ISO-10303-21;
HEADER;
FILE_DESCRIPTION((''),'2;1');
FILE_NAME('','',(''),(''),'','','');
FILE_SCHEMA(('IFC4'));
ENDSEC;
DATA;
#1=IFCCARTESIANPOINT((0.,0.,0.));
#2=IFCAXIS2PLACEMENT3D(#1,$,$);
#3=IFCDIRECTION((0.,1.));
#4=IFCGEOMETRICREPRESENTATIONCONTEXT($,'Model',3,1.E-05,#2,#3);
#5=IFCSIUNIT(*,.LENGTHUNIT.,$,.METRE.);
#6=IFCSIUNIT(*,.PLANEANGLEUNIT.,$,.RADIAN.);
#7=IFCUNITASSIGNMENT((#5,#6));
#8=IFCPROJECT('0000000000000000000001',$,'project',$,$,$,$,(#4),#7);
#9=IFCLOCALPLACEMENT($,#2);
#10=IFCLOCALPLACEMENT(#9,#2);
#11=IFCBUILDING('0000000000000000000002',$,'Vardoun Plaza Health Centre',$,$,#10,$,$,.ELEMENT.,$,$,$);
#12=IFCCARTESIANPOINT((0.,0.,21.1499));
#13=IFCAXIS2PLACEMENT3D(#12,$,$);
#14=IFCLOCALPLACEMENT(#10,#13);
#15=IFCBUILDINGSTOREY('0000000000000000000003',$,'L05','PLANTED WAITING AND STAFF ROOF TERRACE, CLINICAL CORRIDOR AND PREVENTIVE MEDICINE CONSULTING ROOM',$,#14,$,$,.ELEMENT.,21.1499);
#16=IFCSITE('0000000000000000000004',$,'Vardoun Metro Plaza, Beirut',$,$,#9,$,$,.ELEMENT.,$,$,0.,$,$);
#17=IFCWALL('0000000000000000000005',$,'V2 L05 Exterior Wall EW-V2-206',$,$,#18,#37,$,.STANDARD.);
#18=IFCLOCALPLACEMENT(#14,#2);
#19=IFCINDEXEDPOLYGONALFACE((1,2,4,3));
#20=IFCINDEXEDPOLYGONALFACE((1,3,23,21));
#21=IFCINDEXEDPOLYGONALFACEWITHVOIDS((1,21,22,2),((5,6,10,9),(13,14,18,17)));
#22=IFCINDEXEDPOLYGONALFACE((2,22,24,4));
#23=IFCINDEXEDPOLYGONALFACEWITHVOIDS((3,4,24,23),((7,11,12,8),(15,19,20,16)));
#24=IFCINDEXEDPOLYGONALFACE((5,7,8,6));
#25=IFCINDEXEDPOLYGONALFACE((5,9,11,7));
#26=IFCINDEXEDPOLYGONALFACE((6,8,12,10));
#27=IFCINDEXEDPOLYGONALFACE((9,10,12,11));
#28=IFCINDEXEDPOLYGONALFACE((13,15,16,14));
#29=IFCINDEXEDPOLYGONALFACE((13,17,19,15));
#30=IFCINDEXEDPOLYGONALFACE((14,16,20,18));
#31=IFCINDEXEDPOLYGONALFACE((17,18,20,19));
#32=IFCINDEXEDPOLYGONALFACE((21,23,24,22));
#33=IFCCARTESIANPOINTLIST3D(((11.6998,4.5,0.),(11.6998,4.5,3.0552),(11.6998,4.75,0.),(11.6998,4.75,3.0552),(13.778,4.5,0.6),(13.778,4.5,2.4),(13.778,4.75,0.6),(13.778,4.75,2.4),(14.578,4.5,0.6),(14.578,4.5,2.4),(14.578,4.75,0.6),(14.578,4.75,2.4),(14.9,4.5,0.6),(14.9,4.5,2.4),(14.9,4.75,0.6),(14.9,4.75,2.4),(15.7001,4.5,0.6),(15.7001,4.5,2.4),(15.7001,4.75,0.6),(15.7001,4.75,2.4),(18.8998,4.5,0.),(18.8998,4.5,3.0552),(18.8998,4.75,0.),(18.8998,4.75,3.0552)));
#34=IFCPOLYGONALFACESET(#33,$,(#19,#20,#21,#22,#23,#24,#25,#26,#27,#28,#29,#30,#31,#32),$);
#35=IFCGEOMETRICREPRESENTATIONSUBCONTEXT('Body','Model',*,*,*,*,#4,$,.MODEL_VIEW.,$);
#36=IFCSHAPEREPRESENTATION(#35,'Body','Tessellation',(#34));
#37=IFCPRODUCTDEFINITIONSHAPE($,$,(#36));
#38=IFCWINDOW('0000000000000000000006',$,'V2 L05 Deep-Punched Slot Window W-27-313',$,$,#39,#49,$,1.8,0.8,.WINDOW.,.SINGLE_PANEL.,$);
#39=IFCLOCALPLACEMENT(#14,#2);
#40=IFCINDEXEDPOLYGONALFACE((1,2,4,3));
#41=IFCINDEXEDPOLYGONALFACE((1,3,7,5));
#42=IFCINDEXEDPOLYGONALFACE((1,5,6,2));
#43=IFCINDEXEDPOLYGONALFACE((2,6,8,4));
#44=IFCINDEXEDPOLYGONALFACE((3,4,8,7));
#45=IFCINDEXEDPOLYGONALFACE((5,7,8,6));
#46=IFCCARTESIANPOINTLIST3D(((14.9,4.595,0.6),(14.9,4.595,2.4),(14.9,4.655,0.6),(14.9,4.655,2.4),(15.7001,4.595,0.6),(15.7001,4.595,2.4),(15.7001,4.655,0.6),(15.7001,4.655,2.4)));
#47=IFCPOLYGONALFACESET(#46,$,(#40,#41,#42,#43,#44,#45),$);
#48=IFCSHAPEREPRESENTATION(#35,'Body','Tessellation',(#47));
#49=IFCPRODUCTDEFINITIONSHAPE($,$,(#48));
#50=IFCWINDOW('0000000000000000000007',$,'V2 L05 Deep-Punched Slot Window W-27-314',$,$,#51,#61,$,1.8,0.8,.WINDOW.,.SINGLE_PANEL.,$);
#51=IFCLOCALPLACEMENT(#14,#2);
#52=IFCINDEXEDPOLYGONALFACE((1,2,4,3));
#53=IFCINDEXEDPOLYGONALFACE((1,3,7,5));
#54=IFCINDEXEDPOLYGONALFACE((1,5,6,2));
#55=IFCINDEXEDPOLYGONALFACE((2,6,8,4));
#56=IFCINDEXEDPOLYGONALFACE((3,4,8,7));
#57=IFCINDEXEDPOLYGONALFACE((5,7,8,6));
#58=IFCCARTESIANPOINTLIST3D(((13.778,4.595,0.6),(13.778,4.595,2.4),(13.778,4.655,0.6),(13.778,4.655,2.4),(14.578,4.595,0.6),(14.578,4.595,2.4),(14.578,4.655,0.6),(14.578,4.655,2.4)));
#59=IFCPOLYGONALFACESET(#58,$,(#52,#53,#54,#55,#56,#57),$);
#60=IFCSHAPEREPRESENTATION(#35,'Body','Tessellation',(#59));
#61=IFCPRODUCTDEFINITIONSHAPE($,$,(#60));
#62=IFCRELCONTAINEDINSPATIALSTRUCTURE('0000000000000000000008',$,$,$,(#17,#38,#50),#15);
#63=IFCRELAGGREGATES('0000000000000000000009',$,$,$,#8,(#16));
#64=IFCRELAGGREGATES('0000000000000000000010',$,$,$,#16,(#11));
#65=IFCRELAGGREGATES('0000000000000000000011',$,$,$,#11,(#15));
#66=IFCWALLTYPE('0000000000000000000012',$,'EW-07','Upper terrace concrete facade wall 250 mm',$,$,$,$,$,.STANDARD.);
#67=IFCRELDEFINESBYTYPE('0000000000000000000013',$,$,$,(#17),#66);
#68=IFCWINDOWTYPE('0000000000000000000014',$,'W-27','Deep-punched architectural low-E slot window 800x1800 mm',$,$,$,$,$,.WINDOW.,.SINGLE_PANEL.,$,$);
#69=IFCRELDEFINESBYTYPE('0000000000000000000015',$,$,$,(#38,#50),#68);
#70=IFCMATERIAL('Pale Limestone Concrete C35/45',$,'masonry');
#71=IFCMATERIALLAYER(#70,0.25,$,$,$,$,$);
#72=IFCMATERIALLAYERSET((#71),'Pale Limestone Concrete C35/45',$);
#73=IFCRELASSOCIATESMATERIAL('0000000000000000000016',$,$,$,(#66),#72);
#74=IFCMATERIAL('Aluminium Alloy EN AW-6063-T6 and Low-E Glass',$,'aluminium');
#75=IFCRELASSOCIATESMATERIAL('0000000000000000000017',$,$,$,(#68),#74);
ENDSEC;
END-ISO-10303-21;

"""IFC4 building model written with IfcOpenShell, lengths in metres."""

from ifc_helpers import new_model, si_unit, direction, frame, frame_2d, origin, place, context, subcontext, project, spatial, rectangle, extrude, material, layer, layer_set, type_object, element, fill, save


model = new_model("IFC4")

# Units and contexts
model_context = context("Model", 3, precision=1e-05, world=origin(), true_north=direction((0.0, 1.0)))
body_context = subcontext(model_context, "Body", "Model", "MODEL_VIEW")
ifc_project = project(units=[si_unit("LENGTHUNIT", "METRE"), si_unit("PLANEANGLEUNIT", "RADIAN")], contexts=[model_context])

# Site, building, storey
site_placement = place(None, origin())
site = spatial("IfcSite", under=ifc_project, at=site_placement, Name="Vardoun Metro Plaza, Beirut", CompositionType="ELEMENT", RefElevation=0.0)
building_placement = place(site_placement, origin())
building = spatial("IfcBuilding", under=site, at=building_placement, Name="Vardoun Plaza Health Centre", CompositionType="ELEMENT")
storey_placement = place(building_placement, frame((0.0, 0.0, 21.1499)))
storey = spatial("IfcBuildingStorey", under=building, at=storey_placement, Name="L05", Description="PLANTED WAITING AND STAFF ROOF TERRACE, CLINICAL CORRIDOR AND PREVENTIVE MEDICINE CONSULTING ROOM", CompositionType="ELEMENT", Elevation=21.1499)

# Wall, openings, windows
ifc_material_1 = material(Name="Pale Limestone Concrete C35/45", Category="masonry")
ifc_layer = layer(ifc_material_1, 0.25)
ifc_layer_set = layer_set([ifc_layer], Name="Pale Limestone Concrete C35/45")
wall_type = type_object("IfcWallType", Name="EW-07", Description="Upper terrace concrete facade wall 250 mm", PredefinedType="STANDARD", material=ifc_layer_set)
wall_1_placement = place(storey_placement, frame((18.8999, 4.625, 0.0), z_axis=(0.0, 0.0, 1.0), x_axis=(-1.0, 0.0, 0.0)))
wall_1 = element("IfcWall", 1, at=wall_1_placement, inside=storey, type_object=wall_type, Name="V2 L05 Exterior Wall EW-V2-206", PredefinedType="STANDARD", context=body_context, shape_type="SweptSolid", body=[
    extrude(rectangle(XDim=7.2, YDim=0.25, at=frame_2d((3.6001, 0.0))), origin(), (0.0, 0.0, 1.0), 3.0552),
])
opening_1_placement = place(wall_1_placement, frame((3.2, 0.0, 0.6001)))
opening_1 = element("IfcOpeningElement", 2, at=opening_1_placement, cuts=wall_1, PredefinedType="OPENING", context=body_context, shape_type="SweptSolid", body=[
    extrude(rectangle(XDim=0.8, YDim=1.8, at=frame_2d((0.3999, 0.8999))), frame((0.0, 0.125, 0.0), z_axis=(0.0, -1.0, 0.0), x_axis=(1.0, 0.0, 0.0)), (0.0, 0.0, 1.0), 0.25),
])
opening_2_placement = place(wall_1_placement, frame((4.322, 0.0, 0.6001)))
opening_2 = element("IfcOpeningElement", 3, at=opening_2_placement, cuts=wall_1, PredefinedType="OPENING", context=body_context, shape_type="SweptSolid", body=[
    extrude(rectangle(XDim=0.8, YDim=1.8, at=frame_2d((0.3999, 0.8999))), frame((0.0, 0.125, 0.0), z_axis=(0.0, -1.0, 0.0), x_axis=(1.0, 0.0, 0.0)), (0.0, 0.0, 1.0), 0.25),
])
ifc_material_2 = material(Name="Aluminium Alloy EN AW-6063-T6 and Low-E Glass", Category="aluminium")
window_type_1 = type_object("IfcWindowType", Name="W-27", Description="Deep-punched architectural low-E slot window 800x1800 mm", PartitioningType="SINGLE_PANEL", PredefinedType="WINDOW", material=ifc_material_2)
window_1_placement = place(opening_1_placement, origin())
window_1 = element("IfcWindow", 4, at=window_1_placement, inside=storey, type_object=window_type_1, Name="V2 L05 Deep-Punched Slot Window W-27-313", OverallHeight=1.8, OverallWidth=0.8, PartitioningType="SINGLE_PANEL", PredefinedType="WINDOW", context=body_context, shape_type="SweptSolid", body=[
    extrude(rectangle(XDim=0.8, YDim=1.8, at=frame_2d((0.3999, 0.8999))), frame((0.0, 0.03, 0.0), z_axis=(0.0, -1.0, 0.0), x_axis=(1.0, 0.0, 0.0)), (0.0, 0.0, 1.0), 0.0601),
])
fill(opening_1, window_1)
window_2_placement = place(opening_2_placement, origin())
window_2 = element("IfcWindow", 5, at=window_2_placement, inside=storey, type_object=window_type_1, Name="V2 L05 Deep-Punched Slot Window W-27-314", OverallHeight=1.8, OverallWidth=0.8, PartitioningType="SINGLE_PANEL", PredefinedType="WINDOW", context=body_context, shape_type="SweptSolid", body=[
    extrude(rectangle(XDim=0.8, YDim=1.8, at=frame_2d((0.3999, 0.8999))), frame((0.0, 0.03, 0.0), z_axis=(0.0, -1.0, 0.0), x_axis=(1.0, 0.0, 0.0)), (0.0, 0.0, 1.0), 0.0601),
])
fill(opening_2, window_2)

save(model, "model.ifc")
